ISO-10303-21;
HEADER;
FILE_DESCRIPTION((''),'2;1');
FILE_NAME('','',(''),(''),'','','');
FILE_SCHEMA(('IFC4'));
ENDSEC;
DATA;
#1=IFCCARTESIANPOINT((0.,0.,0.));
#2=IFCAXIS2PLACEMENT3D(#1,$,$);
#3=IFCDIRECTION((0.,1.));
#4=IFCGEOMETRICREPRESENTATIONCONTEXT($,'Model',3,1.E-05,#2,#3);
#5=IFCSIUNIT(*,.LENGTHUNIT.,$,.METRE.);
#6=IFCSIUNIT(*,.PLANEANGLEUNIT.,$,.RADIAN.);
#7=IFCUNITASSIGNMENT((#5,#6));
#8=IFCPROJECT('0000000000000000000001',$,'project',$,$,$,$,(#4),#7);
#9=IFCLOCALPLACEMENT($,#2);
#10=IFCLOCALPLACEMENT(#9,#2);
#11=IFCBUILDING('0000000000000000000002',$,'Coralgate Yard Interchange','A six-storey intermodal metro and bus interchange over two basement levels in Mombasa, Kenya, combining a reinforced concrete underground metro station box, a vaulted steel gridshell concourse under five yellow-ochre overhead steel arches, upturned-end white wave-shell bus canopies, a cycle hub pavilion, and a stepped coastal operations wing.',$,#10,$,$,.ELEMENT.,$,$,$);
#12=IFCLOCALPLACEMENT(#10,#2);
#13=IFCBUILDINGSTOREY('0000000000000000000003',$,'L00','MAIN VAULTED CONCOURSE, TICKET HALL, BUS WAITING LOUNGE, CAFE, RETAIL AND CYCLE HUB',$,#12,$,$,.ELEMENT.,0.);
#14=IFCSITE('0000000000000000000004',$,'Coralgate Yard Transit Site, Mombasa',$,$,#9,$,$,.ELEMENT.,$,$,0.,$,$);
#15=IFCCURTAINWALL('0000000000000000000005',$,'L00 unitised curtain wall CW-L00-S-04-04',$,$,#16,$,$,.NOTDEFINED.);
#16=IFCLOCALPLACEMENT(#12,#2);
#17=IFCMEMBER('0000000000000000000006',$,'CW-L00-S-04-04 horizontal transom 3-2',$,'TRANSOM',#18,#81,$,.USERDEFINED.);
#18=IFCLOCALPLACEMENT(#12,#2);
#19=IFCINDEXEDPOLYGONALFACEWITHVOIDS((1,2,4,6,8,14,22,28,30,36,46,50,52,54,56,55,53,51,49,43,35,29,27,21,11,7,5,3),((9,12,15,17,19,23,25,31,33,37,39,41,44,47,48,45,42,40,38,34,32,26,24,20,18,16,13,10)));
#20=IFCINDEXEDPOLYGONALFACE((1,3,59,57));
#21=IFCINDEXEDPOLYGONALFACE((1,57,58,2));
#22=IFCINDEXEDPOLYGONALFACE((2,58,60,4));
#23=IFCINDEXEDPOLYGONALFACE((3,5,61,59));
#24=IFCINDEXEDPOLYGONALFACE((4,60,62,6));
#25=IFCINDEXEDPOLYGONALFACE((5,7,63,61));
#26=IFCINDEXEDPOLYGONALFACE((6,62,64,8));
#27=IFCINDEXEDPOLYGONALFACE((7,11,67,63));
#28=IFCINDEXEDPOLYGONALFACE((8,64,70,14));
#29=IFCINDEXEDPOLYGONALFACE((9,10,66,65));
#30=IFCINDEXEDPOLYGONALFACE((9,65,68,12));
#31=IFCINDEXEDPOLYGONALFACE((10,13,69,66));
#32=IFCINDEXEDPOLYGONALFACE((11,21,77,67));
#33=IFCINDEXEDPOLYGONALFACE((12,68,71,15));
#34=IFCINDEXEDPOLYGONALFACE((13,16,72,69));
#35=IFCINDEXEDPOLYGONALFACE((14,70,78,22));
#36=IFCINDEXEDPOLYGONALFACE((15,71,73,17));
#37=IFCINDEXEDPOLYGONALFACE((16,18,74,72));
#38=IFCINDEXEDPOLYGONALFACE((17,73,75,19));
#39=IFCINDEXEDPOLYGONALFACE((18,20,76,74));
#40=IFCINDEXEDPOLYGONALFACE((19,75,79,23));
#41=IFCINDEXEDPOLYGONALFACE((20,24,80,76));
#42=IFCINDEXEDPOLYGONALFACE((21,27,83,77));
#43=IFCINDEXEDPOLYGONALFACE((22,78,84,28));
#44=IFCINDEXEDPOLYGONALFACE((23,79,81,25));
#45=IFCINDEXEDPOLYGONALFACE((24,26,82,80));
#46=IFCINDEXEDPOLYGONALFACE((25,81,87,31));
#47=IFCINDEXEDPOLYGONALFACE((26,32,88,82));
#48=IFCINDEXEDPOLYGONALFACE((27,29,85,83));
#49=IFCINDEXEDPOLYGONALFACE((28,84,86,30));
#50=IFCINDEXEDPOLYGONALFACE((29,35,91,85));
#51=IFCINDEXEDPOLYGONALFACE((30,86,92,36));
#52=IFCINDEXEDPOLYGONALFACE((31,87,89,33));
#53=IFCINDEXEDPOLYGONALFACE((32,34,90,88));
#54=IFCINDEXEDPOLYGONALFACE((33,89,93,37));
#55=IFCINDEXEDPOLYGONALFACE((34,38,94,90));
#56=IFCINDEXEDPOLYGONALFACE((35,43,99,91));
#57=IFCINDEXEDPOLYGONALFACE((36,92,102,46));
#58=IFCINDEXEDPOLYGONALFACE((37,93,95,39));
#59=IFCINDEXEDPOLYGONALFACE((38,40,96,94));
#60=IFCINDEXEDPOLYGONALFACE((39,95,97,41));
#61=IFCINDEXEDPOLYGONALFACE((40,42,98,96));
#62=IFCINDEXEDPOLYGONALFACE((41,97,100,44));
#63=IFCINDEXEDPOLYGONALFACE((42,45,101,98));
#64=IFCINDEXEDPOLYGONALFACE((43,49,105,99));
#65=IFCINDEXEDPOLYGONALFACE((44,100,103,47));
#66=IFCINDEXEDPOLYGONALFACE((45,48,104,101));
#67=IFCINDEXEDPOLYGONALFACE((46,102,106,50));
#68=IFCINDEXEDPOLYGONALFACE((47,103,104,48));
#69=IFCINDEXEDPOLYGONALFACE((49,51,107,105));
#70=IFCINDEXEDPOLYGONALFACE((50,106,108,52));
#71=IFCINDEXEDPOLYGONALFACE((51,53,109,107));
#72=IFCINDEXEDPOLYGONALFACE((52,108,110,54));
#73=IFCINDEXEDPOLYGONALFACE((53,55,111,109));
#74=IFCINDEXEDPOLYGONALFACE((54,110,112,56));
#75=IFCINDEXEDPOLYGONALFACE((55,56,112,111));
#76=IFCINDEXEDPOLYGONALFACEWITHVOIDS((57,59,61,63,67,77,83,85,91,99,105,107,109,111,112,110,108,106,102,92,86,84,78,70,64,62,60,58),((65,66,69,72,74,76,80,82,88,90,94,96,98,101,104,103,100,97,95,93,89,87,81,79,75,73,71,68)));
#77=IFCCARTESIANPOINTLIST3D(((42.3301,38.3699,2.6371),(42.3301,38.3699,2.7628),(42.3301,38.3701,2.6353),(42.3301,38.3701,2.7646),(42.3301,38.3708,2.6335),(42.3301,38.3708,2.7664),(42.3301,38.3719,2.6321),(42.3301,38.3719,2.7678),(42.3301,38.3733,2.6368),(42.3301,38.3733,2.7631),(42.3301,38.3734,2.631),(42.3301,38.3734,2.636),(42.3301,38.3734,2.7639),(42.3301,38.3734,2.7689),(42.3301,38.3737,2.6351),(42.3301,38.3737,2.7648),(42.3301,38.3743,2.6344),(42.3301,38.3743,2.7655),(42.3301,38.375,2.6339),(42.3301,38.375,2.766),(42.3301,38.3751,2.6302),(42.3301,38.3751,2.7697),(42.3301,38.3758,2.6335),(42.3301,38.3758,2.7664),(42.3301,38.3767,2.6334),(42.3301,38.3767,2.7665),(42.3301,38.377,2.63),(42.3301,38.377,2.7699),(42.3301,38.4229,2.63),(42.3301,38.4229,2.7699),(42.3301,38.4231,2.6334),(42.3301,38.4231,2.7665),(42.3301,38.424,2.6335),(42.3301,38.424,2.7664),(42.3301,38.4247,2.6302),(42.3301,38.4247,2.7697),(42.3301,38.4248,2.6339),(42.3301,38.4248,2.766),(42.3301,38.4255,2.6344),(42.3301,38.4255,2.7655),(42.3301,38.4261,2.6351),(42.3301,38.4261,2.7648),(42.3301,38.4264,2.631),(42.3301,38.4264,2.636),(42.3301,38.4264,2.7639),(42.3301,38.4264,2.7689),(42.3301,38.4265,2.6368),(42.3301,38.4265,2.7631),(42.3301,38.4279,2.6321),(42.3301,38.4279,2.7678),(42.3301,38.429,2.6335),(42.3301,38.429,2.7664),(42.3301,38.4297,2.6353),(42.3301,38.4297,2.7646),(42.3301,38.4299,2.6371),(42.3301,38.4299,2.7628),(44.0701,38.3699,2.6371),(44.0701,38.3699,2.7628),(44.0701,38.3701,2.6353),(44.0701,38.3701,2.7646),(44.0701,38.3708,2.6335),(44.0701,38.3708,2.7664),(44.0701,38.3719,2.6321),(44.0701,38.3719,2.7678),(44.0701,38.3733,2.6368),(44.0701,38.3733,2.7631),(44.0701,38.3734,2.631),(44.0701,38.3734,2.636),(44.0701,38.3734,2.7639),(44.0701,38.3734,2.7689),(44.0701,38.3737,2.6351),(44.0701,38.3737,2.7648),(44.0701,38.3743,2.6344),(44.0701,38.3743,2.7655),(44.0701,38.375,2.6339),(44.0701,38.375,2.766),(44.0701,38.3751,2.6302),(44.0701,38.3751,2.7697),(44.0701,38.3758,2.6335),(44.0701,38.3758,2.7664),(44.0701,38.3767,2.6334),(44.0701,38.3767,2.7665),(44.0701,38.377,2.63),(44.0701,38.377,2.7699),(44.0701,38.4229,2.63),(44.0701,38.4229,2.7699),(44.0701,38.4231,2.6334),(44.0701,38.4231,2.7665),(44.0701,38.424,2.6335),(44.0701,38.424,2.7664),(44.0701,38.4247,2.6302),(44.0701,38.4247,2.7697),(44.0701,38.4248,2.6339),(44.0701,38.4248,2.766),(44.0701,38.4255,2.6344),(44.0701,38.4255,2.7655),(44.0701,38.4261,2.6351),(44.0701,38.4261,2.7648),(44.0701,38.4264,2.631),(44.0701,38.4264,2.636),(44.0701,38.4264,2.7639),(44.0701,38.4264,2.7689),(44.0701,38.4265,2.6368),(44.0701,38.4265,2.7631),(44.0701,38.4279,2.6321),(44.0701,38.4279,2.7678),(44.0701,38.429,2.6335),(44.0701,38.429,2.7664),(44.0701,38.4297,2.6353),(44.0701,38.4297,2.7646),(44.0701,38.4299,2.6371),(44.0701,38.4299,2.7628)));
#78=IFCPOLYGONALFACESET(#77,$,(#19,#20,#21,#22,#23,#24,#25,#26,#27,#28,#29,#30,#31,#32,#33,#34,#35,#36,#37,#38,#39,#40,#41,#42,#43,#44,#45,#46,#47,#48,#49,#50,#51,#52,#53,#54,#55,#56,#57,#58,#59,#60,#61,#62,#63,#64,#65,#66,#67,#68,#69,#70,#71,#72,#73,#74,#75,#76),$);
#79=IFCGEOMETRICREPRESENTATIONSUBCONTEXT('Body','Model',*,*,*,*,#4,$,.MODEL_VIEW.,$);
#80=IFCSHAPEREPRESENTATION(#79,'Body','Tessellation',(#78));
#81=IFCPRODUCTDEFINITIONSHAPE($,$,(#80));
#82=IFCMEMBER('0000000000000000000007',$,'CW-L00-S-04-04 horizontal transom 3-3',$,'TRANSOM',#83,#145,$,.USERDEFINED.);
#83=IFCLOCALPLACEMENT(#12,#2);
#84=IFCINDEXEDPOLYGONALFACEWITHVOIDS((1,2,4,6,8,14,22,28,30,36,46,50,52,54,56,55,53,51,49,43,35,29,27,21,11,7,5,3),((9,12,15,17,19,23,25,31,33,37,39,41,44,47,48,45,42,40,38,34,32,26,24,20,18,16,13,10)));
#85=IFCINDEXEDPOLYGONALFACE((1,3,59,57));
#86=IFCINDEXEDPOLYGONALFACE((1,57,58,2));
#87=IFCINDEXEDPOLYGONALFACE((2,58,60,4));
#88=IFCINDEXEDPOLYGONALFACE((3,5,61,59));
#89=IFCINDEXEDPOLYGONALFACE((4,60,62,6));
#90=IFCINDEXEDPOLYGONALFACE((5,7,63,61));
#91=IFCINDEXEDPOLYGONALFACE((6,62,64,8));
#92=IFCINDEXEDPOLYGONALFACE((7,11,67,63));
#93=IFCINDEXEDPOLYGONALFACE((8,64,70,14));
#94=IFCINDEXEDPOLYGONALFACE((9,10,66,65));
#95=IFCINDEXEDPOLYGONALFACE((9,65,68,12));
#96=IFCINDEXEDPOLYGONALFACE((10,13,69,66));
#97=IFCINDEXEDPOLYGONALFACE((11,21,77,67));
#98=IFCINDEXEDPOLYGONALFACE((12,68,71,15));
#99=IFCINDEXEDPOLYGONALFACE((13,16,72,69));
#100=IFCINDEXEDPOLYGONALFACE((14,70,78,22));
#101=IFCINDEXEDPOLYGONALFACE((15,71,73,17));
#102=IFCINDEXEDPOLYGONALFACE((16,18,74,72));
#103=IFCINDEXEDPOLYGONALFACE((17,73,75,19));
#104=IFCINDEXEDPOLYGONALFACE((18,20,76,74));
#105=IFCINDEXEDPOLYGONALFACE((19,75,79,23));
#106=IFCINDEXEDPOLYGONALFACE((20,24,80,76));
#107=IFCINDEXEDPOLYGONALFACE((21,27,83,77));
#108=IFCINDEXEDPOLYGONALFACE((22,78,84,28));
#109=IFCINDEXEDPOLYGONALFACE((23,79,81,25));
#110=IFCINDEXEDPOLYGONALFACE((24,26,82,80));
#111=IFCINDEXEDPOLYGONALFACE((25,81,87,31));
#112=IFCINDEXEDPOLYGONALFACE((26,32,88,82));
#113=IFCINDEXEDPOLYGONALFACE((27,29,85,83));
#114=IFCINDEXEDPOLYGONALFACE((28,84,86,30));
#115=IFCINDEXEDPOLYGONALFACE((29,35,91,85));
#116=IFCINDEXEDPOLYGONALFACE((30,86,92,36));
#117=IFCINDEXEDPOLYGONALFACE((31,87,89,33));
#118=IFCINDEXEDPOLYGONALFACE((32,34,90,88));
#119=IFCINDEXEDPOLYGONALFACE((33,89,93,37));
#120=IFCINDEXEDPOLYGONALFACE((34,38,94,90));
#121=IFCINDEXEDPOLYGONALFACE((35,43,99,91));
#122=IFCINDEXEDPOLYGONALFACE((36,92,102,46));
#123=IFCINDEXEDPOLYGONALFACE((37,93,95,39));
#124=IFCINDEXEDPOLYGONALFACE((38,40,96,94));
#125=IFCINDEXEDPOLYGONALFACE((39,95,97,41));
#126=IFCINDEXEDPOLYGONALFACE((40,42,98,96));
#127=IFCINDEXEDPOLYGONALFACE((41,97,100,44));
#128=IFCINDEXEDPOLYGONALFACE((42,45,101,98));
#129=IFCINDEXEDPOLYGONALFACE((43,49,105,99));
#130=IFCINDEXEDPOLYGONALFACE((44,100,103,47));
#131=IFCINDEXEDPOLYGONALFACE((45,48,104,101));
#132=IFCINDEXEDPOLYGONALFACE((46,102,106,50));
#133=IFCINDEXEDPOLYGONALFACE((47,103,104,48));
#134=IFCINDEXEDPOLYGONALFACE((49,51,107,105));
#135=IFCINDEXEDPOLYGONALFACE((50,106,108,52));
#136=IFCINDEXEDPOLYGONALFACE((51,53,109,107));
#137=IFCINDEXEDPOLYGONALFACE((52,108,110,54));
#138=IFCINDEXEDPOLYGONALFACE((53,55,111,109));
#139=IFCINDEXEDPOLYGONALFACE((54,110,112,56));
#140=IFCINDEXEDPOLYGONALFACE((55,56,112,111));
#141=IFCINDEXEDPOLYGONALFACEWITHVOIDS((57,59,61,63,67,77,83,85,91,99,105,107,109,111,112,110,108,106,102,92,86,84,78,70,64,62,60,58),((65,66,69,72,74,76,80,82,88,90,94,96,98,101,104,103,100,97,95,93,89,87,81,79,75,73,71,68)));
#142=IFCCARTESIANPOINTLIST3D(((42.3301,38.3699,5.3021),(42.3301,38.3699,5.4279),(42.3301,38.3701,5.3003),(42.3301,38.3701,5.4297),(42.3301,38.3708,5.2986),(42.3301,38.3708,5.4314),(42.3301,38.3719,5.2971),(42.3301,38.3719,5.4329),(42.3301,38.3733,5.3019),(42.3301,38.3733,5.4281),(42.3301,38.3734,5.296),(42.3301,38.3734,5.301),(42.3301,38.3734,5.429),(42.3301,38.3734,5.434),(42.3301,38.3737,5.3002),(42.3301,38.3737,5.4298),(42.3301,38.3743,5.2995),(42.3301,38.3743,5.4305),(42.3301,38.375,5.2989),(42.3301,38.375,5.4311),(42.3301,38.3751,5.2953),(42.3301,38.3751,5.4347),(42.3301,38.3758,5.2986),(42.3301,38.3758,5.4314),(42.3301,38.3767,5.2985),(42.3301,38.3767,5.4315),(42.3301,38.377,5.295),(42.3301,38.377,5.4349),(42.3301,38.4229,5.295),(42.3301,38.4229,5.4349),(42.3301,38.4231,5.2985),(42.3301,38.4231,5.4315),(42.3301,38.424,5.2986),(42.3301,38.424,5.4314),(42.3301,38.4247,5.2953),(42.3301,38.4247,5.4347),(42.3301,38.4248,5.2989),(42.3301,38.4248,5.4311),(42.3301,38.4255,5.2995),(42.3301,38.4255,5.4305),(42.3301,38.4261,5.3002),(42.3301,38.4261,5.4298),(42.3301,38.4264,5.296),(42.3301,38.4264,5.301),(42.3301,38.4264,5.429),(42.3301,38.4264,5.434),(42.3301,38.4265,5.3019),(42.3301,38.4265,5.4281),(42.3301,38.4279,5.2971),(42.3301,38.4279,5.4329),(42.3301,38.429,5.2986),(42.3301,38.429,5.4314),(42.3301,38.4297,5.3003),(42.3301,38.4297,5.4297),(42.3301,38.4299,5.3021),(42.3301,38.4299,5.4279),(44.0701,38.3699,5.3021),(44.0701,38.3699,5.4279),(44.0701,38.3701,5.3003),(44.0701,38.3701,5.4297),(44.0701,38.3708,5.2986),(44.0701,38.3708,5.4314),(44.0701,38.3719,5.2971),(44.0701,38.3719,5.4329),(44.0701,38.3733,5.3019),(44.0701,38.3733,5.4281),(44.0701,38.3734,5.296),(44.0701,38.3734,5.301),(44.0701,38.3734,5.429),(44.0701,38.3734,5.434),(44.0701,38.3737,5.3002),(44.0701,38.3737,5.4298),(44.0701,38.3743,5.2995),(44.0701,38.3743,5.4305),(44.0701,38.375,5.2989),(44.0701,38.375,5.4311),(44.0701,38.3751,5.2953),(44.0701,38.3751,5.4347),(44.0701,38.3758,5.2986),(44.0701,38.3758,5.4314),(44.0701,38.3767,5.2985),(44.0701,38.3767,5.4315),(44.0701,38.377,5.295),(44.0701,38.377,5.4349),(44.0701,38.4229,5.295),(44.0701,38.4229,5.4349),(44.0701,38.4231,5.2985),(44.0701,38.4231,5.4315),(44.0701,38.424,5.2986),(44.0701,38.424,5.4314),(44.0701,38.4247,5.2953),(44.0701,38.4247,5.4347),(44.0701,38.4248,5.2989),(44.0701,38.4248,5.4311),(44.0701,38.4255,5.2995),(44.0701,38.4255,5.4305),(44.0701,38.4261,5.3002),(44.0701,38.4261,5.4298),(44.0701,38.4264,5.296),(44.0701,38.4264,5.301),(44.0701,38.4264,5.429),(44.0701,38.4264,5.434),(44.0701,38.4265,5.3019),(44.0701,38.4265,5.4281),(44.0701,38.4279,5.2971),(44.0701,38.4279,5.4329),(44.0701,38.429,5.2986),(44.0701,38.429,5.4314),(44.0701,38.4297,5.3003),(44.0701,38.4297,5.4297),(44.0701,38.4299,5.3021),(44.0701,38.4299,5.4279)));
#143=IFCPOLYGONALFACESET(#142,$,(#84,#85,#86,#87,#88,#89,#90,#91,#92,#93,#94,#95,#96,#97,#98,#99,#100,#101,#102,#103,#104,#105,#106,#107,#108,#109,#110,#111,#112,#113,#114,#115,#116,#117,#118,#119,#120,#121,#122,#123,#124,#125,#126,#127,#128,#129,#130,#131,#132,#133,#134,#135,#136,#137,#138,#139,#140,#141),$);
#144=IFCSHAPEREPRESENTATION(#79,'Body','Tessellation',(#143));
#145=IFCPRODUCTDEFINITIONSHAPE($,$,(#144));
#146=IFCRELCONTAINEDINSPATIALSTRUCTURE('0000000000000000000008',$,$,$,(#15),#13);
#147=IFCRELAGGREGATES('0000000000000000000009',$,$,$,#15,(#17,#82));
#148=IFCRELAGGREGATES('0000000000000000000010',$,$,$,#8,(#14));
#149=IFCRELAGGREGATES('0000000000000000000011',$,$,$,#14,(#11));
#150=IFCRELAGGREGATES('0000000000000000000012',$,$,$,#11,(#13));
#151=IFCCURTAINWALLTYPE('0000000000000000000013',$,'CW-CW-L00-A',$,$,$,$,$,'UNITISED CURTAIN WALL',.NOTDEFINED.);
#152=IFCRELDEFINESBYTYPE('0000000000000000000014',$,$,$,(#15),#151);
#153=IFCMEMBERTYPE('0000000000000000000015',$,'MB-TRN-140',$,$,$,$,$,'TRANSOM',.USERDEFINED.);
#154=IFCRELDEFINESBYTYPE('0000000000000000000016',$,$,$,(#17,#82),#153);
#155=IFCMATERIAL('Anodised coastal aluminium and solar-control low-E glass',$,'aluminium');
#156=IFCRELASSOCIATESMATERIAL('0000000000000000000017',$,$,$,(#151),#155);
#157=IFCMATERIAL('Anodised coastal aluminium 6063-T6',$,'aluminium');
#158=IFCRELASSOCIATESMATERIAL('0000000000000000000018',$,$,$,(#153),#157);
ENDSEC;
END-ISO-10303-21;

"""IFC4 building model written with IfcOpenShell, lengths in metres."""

from ifc_helpers import new_model, si_unit, direction, frame, origin, origin_2d, place, context, subcontext, project, spatial, hollow_rectangle, extrude, material, material_profile, profile_set, type_object, element, aggregate, save


model = new_model("IFC4")

# Units and contexts
model_context = context("Model", 3, precision=1e-05, world=origin(), true_north=direction((0.0, 1.0)))
body_context = subcontext(model_context, "Body", "Model", "MODEL_VIEW")
ifc_project = project(units=[si_unit("LENGTHUNIT", "METRE"), si_unit("PLANEANGLEUNIT", "RADIAN")], contexts=[model_context])

# Site, building, storey
site_placement = place(None, origin())
site = spatial("IfcSite", under=ifc_project, at=site_placement, Name="Coralgate Yard Transit Site, Mombasa", CompositionType="ELEMENT", RefElevation=0.0)
building_placement = place(site_placement, origin())
building = spatial("IfcBuilding", under=site, at=building_placement, Name="Coralgate Yard Interchange", Description="A six-storey intermodal metro and bus interchange over two basement levels in Mombasa, Kenya, combining a reinforced concrete underground metro station box, a vaulted steel gridshell concourse under five yellow-ochre overhead steel arches, upturned-end white wave-shell bus canopies, a cycle hub pavilion, and a stepped coastal operations wing.", CompositionType="ELEMENT")
storey_placement = place(building_placement, origin())
storey = spatial("IfcBuildingStorey", under=building, at=storey_placement, Name="L00", Description="MAIN VAULTED CONCOURSE, TICKET HALL, BUS WAITING LOUNGE, CAFE, RETAIL AND CYCLE HUB", CompositionType="ELEMENT", Elevation=0.0)

# Curtain wall, members
ifc_material_1 = material(Name="Anodised coastal aluminium and solar-control low-E glass", Category="aluminium")
curtain_wall_type = type_object("IfcCurtainWallType", Name="CW-CW-L00-A", ElementType="UNITISED CURTAIN WALL", PredefinedType="NOTDEFINED", material=ifc_material_1)
curtain_wall_placement = place(storey_placement, origin())
curtain_wall = element("IfcCurtainWall", 1, at=curtain_wall_placement, inside=storey, type_object=curtain_wall_type, Name="L00 unitised curtain wall CW-L00-S-04-04", PredefinedType="NOTDEFINED")
ifc_material_2 = material(Name="Anodised coastal aluminium 6063-T6", Category="aluminium")
ifc_material_profile_1 = material_profile(ifc_material_2, hollow_rectangle(XDim=0.0601, YDim=0.1399, WallThickness=0.0034, InnerFilletRadius=0.0034, OuterFilletRadius=0.0071, at=origin_2d()), Name="ALU 60x140x3.5")
ifc_profile_set_1 = profile_set([ifc_material_profile_1], Name="Anodised coastal aluminium 6063-T6")
member_type_1 = type_object("IfcMemberType", Name="MB-TRN-140", ElementType="TRANSOM", PredefinedType="USERDEFINED", material=ifc_profile_set_1)
member_1_placement = place(storey_placement, frame((44.0701, 38.3999, 2.7), z_axis=(-1.0, 0.0, 0.0), x_axis=(0.0, -1.0, 0.0)))
member_1 = element("IfcMember", 2, at=member_1_placement, type_object=member_type_1, Name="CW-L00-S-04-04 horizontal transom 3-2", ObjectType="TRANSOM", PredefinedType="USERDEFINED", context=body_context, shape_type="SweptSolid", body=[
    extrude(hollow_rectangle(XDim=0.0601, YDim=0.1399, WallThickness=0.0034, InnerFilletRadius=0.0034, OuterFilletRadius=0.0071, at=origin_2d()), origin(), (0.0, 0.0, 1.0), 1.74),
])
member_2_placement = place(storey_placement, frame((44.0701, 38.3999, 5.365), z_axis=(-1.0, 0.0, 0.0), x_axis=(0.0, -1.0, 0.0)))
member_2 = element("IfcMember", 3, at=member_2_placement, type_object=member_type_1, Name="CW-L00-S-04-04 horizontal transom 3-3", ObjectType="TRANSOM", PredefinedType="USERDEFINED", context=body_context, shape_type="SweptSolid", body=[
    extrude(hollow_rectangle(XDim=0.0601, YDim=0.1399, WallThickness=0.0034, InnerFilletRadius=0.0034, OuterFilletRadius=0.0071, at=origin_2d()), origin(), (0.0, 0.0, 1.0), 1.74),
])
aggregate(curtain_wall, [member_1, member_2])

save(model, "model.ifc")
